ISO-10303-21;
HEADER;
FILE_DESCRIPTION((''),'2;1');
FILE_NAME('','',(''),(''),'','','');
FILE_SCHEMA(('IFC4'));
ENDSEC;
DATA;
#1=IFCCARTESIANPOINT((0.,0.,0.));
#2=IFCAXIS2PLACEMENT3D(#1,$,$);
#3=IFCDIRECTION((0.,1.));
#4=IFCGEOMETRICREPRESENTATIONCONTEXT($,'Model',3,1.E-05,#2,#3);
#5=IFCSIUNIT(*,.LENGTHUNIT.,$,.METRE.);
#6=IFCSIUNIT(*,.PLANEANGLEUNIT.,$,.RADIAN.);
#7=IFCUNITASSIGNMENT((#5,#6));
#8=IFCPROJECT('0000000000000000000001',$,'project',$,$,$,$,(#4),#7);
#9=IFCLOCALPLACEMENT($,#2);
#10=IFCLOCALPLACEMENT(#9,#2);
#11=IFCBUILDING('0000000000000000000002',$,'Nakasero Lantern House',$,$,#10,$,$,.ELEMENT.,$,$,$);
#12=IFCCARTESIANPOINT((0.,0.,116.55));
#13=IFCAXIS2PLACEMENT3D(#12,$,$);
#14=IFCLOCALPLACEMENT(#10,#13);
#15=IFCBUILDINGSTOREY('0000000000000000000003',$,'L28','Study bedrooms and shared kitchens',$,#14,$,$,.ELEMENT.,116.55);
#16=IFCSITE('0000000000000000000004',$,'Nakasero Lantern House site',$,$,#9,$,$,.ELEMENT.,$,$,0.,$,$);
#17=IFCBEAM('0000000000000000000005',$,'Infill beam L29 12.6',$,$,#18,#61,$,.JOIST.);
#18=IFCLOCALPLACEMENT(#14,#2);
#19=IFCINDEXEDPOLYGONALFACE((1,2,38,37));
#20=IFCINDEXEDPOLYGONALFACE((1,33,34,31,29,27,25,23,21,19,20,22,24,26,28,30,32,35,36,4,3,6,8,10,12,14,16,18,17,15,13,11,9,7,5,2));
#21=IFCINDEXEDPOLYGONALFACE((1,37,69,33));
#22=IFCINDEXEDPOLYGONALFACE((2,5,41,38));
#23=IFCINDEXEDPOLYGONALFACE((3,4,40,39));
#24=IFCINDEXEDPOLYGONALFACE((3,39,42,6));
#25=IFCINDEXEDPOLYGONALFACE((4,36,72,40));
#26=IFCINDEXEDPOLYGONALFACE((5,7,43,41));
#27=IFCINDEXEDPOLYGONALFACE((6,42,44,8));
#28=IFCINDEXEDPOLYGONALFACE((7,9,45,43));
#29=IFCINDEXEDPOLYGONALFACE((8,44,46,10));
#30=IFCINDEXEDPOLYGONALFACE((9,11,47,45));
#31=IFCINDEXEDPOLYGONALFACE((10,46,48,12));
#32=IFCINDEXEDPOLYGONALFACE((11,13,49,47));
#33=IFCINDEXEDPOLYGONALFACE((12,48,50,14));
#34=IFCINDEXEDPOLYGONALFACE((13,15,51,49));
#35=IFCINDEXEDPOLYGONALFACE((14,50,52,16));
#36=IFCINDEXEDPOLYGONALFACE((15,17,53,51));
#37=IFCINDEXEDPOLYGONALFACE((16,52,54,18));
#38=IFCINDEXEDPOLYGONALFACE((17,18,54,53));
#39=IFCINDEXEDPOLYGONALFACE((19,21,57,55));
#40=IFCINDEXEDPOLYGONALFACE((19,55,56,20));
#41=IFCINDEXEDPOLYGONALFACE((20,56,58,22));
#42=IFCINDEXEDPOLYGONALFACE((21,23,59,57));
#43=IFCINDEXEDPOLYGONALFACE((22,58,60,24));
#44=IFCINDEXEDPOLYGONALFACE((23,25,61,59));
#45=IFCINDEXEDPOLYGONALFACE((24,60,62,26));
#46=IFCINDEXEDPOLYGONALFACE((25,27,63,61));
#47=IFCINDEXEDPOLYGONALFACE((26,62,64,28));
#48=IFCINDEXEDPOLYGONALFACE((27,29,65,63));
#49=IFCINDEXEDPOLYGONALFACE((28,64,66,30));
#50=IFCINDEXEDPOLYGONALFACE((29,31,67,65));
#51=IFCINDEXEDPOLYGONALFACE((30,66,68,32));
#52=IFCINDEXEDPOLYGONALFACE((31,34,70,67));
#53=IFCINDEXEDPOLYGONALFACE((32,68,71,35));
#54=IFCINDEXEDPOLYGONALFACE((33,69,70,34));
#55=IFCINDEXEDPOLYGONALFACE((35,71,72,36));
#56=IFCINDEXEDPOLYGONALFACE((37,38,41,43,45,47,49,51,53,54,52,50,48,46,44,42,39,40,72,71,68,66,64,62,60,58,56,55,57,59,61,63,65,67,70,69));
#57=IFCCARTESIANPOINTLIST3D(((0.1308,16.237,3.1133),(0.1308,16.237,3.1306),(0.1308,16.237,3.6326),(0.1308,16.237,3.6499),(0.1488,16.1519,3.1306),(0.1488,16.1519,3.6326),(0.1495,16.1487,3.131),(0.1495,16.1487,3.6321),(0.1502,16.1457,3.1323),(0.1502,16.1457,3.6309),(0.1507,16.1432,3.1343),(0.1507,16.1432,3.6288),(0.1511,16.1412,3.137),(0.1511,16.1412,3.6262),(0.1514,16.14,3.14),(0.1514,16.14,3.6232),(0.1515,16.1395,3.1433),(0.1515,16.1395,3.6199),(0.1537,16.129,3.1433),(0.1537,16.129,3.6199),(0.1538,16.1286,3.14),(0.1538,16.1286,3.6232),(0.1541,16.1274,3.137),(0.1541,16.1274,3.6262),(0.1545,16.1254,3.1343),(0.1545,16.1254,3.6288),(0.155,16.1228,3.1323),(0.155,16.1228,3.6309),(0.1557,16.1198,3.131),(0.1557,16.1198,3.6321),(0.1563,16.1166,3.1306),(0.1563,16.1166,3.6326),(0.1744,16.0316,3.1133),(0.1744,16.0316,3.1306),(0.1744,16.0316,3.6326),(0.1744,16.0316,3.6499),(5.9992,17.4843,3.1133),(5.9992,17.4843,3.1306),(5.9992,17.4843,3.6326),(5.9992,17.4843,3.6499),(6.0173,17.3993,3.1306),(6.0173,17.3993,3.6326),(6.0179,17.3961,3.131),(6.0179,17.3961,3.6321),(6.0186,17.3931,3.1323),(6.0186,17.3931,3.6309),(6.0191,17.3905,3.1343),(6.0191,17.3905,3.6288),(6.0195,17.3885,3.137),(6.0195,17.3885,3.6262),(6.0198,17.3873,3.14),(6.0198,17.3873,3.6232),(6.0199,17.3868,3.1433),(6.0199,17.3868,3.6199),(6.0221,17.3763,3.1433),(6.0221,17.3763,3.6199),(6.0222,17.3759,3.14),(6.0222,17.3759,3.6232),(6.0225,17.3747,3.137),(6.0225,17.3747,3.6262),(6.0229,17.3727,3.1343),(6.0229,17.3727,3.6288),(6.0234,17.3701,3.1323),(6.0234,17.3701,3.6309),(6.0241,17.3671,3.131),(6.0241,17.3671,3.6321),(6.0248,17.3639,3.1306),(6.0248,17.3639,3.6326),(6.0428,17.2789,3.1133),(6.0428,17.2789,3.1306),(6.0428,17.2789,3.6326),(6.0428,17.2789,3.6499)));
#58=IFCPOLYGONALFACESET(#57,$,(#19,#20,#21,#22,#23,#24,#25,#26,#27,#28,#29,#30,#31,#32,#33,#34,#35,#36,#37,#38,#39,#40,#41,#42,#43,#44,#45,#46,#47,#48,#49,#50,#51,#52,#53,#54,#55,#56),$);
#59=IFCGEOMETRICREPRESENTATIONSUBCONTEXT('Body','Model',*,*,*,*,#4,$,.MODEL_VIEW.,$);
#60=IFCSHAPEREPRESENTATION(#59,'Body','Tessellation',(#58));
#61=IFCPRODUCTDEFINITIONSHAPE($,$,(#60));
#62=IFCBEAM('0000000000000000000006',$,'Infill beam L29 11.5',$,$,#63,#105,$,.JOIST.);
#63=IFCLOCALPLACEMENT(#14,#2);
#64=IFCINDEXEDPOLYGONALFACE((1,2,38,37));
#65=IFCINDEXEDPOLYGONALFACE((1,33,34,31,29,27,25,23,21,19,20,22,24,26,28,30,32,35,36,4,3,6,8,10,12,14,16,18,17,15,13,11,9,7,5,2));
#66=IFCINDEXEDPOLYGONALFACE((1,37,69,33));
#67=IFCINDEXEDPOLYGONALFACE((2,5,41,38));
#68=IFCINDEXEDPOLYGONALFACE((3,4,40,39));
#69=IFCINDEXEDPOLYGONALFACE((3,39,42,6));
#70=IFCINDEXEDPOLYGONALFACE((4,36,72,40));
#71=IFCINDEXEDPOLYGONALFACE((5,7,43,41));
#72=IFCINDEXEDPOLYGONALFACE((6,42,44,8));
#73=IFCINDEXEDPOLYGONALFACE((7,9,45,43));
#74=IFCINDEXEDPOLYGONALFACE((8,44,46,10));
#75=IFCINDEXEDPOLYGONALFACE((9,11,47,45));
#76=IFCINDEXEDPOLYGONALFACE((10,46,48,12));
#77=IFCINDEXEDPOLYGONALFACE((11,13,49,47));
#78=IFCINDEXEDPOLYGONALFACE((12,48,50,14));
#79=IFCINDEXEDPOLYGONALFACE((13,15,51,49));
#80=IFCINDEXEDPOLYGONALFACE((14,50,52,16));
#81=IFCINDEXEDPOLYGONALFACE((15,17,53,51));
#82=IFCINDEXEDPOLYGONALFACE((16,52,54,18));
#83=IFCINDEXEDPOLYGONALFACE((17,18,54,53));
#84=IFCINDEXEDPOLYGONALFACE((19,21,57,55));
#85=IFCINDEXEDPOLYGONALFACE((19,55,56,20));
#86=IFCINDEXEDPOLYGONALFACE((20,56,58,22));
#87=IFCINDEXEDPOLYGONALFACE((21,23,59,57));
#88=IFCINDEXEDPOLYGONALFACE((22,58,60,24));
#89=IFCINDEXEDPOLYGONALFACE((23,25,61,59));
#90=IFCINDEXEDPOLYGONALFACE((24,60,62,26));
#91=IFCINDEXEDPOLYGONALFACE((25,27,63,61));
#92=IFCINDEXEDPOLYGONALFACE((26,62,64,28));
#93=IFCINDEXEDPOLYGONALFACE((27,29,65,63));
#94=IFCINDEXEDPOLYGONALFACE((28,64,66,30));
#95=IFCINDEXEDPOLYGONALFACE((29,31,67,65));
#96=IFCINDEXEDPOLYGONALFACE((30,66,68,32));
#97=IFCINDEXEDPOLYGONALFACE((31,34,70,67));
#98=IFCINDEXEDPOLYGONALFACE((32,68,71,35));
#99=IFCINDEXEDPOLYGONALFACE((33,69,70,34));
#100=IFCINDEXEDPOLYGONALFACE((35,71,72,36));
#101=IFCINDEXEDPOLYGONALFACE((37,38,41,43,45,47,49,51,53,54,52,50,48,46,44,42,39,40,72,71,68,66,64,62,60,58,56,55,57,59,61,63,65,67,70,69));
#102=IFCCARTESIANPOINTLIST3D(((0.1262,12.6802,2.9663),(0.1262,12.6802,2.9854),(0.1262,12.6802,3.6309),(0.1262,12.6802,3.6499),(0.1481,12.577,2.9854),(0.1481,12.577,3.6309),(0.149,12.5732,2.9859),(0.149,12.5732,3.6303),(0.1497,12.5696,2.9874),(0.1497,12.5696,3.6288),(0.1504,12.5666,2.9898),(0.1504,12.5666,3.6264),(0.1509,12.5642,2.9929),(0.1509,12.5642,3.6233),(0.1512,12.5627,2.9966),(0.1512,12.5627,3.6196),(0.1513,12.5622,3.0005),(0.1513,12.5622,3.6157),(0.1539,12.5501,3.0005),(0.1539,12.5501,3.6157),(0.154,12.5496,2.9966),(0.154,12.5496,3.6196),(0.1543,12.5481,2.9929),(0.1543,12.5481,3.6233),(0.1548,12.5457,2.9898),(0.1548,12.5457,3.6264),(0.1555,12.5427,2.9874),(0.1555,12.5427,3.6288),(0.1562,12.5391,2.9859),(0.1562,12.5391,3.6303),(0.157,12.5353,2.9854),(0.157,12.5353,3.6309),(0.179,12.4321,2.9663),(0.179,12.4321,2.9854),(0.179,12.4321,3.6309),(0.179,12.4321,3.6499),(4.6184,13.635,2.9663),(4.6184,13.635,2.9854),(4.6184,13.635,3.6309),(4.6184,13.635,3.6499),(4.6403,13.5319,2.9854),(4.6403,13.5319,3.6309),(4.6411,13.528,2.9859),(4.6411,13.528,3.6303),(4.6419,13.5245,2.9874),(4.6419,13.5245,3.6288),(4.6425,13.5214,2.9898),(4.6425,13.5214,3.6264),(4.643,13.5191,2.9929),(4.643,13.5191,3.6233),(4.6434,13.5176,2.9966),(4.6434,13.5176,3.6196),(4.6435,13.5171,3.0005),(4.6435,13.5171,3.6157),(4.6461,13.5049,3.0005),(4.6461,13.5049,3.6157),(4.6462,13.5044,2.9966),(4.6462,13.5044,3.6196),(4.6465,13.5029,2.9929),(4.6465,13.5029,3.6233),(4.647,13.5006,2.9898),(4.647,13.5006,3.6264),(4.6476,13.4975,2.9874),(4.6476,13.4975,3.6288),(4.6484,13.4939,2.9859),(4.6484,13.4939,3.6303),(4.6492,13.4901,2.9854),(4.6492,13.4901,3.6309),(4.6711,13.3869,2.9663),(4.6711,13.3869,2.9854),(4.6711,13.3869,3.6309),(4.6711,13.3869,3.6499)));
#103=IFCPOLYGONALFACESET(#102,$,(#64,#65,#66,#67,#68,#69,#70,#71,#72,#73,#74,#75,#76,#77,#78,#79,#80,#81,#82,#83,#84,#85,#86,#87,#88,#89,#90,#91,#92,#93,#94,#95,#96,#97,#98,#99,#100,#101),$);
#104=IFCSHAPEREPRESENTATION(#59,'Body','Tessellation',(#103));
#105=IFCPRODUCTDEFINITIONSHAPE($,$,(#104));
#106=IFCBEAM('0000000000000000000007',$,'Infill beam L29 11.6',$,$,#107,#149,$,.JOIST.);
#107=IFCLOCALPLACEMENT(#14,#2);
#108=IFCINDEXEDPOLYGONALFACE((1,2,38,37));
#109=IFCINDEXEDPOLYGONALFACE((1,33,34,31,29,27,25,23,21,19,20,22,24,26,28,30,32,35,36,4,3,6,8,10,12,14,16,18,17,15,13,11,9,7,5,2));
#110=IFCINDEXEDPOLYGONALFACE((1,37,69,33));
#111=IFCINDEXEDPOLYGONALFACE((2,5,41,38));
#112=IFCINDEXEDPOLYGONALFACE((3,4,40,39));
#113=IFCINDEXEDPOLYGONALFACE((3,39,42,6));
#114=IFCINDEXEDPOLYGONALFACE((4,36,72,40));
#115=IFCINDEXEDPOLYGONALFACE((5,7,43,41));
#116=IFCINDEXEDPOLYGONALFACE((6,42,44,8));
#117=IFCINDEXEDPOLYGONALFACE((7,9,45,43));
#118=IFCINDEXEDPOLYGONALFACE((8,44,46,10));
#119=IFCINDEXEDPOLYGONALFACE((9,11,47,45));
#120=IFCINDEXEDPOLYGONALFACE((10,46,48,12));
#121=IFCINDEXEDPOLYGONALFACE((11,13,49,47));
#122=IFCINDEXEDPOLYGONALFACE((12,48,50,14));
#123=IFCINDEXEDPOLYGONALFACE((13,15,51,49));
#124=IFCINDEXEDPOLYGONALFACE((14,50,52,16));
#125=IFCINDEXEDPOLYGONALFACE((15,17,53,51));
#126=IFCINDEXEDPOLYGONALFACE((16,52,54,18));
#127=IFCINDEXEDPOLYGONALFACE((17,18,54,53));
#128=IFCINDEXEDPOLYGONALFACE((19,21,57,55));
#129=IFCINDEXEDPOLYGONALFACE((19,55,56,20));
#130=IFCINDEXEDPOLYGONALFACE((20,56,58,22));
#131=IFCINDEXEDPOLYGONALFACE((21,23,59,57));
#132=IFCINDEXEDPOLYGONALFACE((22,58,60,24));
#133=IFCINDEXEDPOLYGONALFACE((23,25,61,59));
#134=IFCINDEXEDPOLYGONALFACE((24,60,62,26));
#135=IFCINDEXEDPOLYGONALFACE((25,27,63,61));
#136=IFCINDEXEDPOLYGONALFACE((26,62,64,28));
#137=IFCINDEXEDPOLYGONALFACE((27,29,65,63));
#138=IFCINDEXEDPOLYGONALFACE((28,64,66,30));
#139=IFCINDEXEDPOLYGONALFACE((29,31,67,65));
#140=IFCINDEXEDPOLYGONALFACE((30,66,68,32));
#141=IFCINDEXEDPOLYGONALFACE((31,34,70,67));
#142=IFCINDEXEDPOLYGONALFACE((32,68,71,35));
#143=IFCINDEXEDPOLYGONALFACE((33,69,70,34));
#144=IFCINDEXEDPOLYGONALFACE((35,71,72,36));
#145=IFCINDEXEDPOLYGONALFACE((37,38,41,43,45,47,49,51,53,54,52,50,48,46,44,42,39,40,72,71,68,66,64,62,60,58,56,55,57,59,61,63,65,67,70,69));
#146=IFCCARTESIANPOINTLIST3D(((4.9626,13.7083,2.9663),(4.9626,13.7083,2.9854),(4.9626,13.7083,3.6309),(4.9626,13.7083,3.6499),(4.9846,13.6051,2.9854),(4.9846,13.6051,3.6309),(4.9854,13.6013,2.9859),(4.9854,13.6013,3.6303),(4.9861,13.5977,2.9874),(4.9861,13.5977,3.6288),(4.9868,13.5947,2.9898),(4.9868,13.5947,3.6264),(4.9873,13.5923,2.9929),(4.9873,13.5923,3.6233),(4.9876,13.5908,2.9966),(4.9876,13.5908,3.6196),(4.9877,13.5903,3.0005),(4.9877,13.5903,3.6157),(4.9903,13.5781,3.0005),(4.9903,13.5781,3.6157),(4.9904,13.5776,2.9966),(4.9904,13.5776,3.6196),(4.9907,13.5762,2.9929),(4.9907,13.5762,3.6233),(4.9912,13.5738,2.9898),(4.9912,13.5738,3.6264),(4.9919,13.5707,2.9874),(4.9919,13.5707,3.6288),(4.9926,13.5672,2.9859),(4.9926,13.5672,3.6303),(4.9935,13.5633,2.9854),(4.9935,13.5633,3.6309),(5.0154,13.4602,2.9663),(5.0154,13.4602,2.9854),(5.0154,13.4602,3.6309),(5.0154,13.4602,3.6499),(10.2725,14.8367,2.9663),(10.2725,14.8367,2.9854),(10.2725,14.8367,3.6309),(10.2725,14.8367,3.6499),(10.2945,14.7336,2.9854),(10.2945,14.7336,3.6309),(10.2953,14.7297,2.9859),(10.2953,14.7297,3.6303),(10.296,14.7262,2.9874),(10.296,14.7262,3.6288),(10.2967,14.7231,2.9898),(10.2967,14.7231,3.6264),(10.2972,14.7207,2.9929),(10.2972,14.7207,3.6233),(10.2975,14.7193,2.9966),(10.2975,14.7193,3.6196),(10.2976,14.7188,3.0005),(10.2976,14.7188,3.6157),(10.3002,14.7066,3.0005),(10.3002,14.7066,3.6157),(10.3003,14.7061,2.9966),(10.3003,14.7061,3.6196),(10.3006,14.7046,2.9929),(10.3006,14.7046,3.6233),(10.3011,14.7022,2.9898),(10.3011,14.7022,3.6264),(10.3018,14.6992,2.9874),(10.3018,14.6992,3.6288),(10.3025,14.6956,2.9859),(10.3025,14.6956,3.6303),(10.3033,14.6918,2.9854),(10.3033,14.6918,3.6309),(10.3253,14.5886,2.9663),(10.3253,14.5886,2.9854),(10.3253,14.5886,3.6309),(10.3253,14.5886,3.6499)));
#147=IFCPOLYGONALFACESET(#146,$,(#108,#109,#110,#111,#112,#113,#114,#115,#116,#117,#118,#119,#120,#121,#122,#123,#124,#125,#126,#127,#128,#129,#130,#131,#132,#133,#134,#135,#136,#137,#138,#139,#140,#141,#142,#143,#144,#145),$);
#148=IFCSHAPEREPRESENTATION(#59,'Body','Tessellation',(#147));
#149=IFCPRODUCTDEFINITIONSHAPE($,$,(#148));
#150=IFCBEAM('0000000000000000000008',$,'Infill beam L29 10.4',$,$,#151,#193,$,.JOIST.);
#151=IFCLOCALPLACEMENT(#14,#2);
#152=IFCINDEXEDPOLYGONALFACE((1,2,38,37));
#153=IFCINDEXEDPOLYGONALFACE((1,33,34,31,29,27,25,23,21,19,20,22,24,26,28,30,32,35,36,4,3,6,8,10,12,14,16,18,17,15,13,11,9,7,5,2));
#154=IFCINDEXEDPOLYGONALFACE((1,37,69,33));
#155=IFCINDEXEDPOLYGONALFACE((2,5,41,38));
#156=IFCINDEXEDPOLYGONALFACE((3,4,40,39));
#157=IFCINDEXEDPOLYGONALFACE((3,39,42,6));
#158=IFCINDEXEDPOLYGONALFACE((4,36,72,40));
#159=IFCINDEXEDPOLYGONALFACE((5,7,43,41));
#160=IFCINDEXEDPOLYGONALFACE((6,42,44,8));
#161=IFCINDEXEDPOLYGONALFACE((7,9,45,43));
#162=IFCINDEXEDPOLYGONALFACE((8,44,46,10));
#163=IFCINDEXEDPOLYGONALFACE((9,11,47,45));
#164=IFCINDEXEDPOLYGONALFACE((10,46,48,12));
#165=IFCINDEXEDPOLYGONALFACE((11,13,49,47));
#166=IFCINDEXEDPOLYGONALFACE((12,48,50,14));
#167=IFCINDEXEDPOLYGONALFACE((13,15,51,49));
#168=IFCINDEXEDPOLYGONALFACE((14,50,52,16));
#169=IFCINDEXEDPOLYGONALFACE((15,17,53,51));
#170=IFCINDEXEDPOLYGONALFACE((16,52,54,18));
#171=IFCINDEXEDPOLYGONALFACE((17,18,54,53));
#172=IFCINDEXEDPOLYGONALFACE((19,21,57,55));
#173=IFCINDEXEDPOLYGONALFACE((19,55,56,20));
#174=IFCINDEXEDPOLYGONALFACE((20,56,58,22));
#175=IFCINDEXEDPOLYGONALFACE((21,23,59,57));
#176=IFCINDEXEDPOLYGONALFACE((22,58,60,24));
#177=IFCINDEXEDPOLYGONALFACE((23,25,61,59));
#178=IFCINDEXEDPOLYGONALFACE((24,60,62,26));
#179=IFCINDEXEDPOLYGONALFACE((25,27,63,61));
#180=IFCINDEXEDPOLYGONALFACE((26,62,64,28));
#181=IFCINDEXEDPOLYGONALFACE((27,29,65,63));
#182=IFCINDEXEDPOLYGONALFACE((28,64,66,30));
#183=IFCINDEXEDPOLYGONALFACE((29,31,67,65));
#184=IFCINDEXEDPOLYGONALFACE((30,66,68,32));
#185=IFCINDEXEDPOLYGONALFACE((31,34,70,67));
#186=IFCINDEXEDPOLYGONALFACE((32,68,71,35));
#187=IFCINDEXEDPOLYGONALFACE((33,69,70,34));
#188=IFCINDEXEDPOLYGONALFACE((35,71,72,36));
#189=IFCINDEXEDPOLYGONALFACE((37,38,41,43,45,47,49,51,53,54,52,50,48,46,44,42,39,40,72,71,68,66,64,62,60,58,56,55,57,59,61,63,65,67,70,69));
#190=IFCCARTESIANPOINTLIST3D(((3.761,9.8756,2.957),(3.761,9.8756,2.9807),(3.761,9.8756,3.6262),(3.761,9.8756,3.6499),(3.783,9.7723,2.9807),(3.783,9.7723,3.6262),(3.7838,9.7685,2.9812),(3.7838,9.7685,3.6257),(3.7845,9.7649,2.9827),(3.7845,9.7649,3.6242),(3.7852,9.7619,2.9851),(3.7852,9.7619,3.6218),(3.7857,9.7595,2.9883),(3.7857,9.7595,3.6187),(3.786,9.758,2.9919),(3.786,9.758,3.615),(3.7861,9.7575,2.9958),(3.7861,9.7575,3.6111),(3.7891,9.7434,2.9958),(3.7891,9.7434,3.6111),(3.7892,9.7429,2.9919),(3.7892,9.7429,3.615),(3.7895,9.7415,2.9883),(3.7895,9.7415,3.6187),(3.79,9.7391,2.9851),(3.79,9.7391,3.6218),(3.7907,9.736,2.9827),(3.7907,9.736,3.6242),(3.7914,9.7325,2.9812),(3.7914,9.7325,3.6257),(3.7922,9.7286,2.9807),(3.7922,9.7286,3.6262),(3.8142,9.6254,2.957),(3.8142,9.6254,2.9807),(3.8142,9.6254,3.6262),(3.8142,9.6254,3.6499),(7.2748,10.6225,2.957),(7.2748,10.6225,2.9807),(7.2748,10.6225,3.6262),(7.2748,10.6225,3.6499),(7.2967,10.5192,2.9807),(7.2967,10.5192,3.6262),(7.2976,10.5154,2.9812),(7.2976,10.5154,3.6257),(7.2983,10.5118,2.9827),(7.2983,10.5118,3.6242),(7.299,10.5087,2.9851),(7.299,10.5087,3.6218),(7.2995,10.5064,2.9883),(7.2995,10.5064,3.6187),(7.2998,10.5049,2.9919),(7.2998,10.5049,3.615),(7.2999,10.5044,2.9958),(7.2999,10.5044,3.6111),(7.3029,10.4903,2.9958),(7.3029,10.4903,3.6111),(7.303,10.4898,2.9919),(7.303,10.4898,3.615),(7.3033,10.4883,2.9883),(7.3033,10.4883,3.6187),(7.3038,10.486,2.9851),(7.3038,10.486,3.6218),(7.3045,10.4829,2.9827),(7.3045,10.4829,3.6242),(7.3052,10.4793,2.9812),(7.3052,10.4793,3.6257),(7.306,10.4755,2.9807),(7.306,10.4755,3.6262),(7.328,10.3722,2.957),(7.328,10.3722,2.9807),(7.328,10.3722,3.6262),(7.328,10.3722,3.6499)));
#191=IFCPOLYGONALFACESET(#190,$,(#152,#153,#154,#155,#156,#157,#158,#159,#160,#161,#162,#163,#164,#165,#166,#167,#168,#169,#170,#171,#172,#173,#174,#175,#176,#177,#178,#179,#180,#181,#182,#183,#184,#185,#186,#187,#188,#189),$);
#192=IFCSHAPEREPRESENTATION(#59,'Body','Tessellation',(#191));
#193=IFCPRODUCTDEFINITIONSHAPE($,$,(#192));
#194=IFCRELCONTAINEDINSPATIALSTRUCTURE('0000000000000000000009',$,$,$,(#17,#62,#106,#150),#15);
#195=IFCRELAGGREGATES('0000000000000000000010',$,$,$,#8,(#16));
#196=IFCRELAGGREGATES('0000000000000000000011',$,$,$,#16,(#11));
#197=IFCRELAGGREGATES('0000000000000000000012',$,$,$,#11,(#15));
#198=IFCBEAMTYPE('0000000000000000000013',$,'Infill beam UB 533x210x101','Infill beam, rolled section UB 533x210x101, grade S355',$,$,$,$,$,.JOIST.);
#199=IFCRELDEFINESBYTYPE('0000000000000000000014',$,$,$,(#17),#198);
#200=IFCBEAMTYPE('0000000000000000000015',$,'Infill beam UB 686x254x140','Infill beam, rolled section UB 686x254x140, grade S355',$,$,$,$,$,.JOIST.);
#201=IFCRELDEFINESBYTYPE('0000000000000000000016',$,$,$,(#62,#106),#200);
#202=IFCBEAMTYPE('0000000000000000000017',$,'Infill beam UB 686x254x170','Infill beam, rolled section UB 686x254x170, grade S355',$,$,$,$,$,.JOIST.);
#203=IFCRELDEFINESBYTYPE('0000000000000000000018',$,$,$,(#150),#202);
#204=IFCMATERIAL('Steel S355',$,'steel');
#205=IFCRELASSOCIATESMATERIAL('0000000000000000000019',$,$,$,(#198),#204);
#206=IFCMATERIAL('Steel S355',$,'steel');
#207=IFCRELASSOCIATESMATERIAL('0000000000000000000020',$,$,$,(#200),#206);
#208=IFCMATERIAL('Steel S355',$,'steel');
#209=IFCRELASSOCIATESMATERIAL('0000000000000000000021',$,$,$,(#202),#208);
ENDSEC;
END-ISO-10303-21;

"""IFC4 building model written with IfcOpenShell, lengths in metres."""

from ifc_helpers import new_model, si_unit, direction, frame, origin, origin_2d, place, context, subcontext, project, spatial, i_section, extrude, material, material_profile, profile_set, type_object, element, save


model = new_model("IFC4")

# Units and contexts
model_context = context("Model", 3, precision=1e-05, world=origin(), true_north=direction((0.0, 1.0)))
body_context = subcontext(model_context, "Body", "Model", "MODEL_VIEW")
ifc_project = project(units=[si_unit("LENGTHUNIT", "METRE"), si_unit("PLANEANGLEUNIT", "RADIAN")], contexts=[model_context])

# Site, building, storey
site_placement = place(None, origin())
site = spatial("IfcSite", under=ifc_project, at=site_placement, Name="Nakasero Lantern House site", CompositionType="ELEMENT", RefElevation=0.0)
building_placement = place(site_placement, origin())
building = spatial("IfcBuilding", under=site, at=building_placement, Name="Nakasero Lantern House", CompositionType="ELEMENT")
storey_placement = place(building_placement, frame((0.0, 0.0, 116.55)))
storey = spatial("IfcBuildingStorey", under=building, at=storey_placement, Name="L28", Description="Study bedrooms and shared kitchens", CompositionType="ELEMENT", Elevation=116.55)

# Beams
ifc_material_1 = material(Name="Steel S355", Category="steel")
ifc_material_profile_1 = material_profile(ifc_material_1, i_section(OverallWidth=0.21, OverallDepth=0.5366, WebThickness=0.0107, FlangeThickness=0.0173, FilletRadius=0.0127, at=origin_2d()), Name="UB 533x210x101")
ifc_profile_set_1 = profile_set([ifc_material_profile_1], Name="Steel S355")
beam_type_1 = type_object("IfcBeamType", Name="Infill beam UB 533x210x101", Description="Infill beam, rolled section UB 533x210x101, grade S355", PredefinedType="JOIST", material=ifc_profile_set_1)
beam_1_placement = place(storey_placement, frame((0.1526, 16.1343, 3.3816), z_axis=(0.978149, 0.207903, 0.0), x_axis=(-0.207903, 0.978149, 0.0)))
element("IfcBeam", 1, at=beam_1_placement, inside=storey, type_object=beam_type_1, Name="Infill beam L29 12.6", PredefinedType="JOIST", context=body_context, shape_type="SweptSolid", body=[
    extrude(i_section(OverallWidth=0.21, OverallDepth=0.5366, WebThickness=0.0107, FlangeThickness=0.0173, FilletRadius=0.0127, at=origin_2d()), origin(), (0.0, 0.0, 1.0), 5.9995),
])
ifc_material_2 = material(Name="Steel S355", Category="steel")
ifc_material_profile_2 = material_profile(ifc_material_2, i_section(OverallWidth=0.2537, OverallDepth=0.6836, WebThickness=0.0125, FlangeThickness=0.019, FilletRadius=0.0151, at=origin_2d()), Name="UB 686x254x140")
ifc_profile_set_2 = profile_set([ifc_material_profile_2], Name="Steel S355")
beam_type_2 = type_object("IfcBeamType", Name="Infill beam UB 686x254x140", Description="Infill beam, rolled section UB 686x254x140, grade S355", PredefinedType="JOIST", material=ifc_profile_set_2)
beam_2_placement = place(storey_placement, frame((0.1526, 12.5562, 3.3081), z_axis=(0.978148, 0.20791, 0.0), x_axis=(-0.20791, 0.978148, 0.0)))
element("IfcBeam", 2, at=beam_2_placement, inside=storey, type_object=beam_type_2, Name="Infill beam L29 11.5", PredefinedType="JOIST", context=body_context, shape_type="SweptSolid", body=[
    extrude(i_section(OverallWidth=0.2537, OverallDepth=0.6836, WebThickness=0.0125, FlangeThickness=0.019, FilletRadius=0.0151, at=origin_2d()), origin(), (0.0, 0.0, 1.0), 4.5925),
])
beam_3_placement = place(storey_placement, frame((4.989, 13.5842, 3.3081), z_axis=(0.978156, 0.207873, 0.0), x_axis=(-0.207873, 0.978156, 0.0)))
element("IfcBeam", 3, at=beam_3_placement, inside=storey, type_object=beam_type_2, Name="Infill beam L29 11.6", PredefinedType="JOIST", context=body_context, shape_type="SweptSolid", body=[
    extrude(i_section(OverallWidth=0.2537, OverallDepth=0.6836, WebThickness=0.0125, FlangeThickness=0.019, FilletRadius=0.0151, at=origin_2d()), origin(), (0.0, 0.0, 1.0), 5.4285),
])
ifc_material_3 = material(Name="Steel S355", Category="steel")
ifc_material_profile_3 = material_profile(ifc_material_3, i_section(OverallWidth=0.2559, OverallDepth=0.6929, WebThickness=0.0144, FlangeThickness=0.0237, FilletRadius=0.0151, at=origin_2d()), Name="UB 686x254x170")
ifc_profile_set_3 = profile_set([ifc_material_profile_3], Name="Steel S355")
beam_type_3 = type_object("IfcBeamType", Name="Infill beam UB 686x254x170", Description="Infill beam, rolled section UB 686x254x170, grade S355", PredefinedType="JOIST", material=ifc_profile_set_3)
beam_4_placement = place(storey_placement, frame((3.7876, 9.7505, 3.3035), z_axis=(0.978149, 0.207904, 0.0), x_axis=(-0.207904, 0.978149, 0.0)))
element("IfcBeam", 4, at=beam_4_placement, inside=storey, type_object=beam_type_3, Name="Infill beam L29 10.4", PredefinedType="JOIST", context=body_context, shape_type="SweptSolid", body=[
    extrude(i_section(OverallWidth=0.2559, OverallDepth=0.6929, WebThickness=0.0144, FlangeThickness=0.0237, FilletRadius=0.0151, at=origin_2d()), origin(), (0.0, 0.0, 1.0), 3.5923),
])

save(model, "model.ifc")
